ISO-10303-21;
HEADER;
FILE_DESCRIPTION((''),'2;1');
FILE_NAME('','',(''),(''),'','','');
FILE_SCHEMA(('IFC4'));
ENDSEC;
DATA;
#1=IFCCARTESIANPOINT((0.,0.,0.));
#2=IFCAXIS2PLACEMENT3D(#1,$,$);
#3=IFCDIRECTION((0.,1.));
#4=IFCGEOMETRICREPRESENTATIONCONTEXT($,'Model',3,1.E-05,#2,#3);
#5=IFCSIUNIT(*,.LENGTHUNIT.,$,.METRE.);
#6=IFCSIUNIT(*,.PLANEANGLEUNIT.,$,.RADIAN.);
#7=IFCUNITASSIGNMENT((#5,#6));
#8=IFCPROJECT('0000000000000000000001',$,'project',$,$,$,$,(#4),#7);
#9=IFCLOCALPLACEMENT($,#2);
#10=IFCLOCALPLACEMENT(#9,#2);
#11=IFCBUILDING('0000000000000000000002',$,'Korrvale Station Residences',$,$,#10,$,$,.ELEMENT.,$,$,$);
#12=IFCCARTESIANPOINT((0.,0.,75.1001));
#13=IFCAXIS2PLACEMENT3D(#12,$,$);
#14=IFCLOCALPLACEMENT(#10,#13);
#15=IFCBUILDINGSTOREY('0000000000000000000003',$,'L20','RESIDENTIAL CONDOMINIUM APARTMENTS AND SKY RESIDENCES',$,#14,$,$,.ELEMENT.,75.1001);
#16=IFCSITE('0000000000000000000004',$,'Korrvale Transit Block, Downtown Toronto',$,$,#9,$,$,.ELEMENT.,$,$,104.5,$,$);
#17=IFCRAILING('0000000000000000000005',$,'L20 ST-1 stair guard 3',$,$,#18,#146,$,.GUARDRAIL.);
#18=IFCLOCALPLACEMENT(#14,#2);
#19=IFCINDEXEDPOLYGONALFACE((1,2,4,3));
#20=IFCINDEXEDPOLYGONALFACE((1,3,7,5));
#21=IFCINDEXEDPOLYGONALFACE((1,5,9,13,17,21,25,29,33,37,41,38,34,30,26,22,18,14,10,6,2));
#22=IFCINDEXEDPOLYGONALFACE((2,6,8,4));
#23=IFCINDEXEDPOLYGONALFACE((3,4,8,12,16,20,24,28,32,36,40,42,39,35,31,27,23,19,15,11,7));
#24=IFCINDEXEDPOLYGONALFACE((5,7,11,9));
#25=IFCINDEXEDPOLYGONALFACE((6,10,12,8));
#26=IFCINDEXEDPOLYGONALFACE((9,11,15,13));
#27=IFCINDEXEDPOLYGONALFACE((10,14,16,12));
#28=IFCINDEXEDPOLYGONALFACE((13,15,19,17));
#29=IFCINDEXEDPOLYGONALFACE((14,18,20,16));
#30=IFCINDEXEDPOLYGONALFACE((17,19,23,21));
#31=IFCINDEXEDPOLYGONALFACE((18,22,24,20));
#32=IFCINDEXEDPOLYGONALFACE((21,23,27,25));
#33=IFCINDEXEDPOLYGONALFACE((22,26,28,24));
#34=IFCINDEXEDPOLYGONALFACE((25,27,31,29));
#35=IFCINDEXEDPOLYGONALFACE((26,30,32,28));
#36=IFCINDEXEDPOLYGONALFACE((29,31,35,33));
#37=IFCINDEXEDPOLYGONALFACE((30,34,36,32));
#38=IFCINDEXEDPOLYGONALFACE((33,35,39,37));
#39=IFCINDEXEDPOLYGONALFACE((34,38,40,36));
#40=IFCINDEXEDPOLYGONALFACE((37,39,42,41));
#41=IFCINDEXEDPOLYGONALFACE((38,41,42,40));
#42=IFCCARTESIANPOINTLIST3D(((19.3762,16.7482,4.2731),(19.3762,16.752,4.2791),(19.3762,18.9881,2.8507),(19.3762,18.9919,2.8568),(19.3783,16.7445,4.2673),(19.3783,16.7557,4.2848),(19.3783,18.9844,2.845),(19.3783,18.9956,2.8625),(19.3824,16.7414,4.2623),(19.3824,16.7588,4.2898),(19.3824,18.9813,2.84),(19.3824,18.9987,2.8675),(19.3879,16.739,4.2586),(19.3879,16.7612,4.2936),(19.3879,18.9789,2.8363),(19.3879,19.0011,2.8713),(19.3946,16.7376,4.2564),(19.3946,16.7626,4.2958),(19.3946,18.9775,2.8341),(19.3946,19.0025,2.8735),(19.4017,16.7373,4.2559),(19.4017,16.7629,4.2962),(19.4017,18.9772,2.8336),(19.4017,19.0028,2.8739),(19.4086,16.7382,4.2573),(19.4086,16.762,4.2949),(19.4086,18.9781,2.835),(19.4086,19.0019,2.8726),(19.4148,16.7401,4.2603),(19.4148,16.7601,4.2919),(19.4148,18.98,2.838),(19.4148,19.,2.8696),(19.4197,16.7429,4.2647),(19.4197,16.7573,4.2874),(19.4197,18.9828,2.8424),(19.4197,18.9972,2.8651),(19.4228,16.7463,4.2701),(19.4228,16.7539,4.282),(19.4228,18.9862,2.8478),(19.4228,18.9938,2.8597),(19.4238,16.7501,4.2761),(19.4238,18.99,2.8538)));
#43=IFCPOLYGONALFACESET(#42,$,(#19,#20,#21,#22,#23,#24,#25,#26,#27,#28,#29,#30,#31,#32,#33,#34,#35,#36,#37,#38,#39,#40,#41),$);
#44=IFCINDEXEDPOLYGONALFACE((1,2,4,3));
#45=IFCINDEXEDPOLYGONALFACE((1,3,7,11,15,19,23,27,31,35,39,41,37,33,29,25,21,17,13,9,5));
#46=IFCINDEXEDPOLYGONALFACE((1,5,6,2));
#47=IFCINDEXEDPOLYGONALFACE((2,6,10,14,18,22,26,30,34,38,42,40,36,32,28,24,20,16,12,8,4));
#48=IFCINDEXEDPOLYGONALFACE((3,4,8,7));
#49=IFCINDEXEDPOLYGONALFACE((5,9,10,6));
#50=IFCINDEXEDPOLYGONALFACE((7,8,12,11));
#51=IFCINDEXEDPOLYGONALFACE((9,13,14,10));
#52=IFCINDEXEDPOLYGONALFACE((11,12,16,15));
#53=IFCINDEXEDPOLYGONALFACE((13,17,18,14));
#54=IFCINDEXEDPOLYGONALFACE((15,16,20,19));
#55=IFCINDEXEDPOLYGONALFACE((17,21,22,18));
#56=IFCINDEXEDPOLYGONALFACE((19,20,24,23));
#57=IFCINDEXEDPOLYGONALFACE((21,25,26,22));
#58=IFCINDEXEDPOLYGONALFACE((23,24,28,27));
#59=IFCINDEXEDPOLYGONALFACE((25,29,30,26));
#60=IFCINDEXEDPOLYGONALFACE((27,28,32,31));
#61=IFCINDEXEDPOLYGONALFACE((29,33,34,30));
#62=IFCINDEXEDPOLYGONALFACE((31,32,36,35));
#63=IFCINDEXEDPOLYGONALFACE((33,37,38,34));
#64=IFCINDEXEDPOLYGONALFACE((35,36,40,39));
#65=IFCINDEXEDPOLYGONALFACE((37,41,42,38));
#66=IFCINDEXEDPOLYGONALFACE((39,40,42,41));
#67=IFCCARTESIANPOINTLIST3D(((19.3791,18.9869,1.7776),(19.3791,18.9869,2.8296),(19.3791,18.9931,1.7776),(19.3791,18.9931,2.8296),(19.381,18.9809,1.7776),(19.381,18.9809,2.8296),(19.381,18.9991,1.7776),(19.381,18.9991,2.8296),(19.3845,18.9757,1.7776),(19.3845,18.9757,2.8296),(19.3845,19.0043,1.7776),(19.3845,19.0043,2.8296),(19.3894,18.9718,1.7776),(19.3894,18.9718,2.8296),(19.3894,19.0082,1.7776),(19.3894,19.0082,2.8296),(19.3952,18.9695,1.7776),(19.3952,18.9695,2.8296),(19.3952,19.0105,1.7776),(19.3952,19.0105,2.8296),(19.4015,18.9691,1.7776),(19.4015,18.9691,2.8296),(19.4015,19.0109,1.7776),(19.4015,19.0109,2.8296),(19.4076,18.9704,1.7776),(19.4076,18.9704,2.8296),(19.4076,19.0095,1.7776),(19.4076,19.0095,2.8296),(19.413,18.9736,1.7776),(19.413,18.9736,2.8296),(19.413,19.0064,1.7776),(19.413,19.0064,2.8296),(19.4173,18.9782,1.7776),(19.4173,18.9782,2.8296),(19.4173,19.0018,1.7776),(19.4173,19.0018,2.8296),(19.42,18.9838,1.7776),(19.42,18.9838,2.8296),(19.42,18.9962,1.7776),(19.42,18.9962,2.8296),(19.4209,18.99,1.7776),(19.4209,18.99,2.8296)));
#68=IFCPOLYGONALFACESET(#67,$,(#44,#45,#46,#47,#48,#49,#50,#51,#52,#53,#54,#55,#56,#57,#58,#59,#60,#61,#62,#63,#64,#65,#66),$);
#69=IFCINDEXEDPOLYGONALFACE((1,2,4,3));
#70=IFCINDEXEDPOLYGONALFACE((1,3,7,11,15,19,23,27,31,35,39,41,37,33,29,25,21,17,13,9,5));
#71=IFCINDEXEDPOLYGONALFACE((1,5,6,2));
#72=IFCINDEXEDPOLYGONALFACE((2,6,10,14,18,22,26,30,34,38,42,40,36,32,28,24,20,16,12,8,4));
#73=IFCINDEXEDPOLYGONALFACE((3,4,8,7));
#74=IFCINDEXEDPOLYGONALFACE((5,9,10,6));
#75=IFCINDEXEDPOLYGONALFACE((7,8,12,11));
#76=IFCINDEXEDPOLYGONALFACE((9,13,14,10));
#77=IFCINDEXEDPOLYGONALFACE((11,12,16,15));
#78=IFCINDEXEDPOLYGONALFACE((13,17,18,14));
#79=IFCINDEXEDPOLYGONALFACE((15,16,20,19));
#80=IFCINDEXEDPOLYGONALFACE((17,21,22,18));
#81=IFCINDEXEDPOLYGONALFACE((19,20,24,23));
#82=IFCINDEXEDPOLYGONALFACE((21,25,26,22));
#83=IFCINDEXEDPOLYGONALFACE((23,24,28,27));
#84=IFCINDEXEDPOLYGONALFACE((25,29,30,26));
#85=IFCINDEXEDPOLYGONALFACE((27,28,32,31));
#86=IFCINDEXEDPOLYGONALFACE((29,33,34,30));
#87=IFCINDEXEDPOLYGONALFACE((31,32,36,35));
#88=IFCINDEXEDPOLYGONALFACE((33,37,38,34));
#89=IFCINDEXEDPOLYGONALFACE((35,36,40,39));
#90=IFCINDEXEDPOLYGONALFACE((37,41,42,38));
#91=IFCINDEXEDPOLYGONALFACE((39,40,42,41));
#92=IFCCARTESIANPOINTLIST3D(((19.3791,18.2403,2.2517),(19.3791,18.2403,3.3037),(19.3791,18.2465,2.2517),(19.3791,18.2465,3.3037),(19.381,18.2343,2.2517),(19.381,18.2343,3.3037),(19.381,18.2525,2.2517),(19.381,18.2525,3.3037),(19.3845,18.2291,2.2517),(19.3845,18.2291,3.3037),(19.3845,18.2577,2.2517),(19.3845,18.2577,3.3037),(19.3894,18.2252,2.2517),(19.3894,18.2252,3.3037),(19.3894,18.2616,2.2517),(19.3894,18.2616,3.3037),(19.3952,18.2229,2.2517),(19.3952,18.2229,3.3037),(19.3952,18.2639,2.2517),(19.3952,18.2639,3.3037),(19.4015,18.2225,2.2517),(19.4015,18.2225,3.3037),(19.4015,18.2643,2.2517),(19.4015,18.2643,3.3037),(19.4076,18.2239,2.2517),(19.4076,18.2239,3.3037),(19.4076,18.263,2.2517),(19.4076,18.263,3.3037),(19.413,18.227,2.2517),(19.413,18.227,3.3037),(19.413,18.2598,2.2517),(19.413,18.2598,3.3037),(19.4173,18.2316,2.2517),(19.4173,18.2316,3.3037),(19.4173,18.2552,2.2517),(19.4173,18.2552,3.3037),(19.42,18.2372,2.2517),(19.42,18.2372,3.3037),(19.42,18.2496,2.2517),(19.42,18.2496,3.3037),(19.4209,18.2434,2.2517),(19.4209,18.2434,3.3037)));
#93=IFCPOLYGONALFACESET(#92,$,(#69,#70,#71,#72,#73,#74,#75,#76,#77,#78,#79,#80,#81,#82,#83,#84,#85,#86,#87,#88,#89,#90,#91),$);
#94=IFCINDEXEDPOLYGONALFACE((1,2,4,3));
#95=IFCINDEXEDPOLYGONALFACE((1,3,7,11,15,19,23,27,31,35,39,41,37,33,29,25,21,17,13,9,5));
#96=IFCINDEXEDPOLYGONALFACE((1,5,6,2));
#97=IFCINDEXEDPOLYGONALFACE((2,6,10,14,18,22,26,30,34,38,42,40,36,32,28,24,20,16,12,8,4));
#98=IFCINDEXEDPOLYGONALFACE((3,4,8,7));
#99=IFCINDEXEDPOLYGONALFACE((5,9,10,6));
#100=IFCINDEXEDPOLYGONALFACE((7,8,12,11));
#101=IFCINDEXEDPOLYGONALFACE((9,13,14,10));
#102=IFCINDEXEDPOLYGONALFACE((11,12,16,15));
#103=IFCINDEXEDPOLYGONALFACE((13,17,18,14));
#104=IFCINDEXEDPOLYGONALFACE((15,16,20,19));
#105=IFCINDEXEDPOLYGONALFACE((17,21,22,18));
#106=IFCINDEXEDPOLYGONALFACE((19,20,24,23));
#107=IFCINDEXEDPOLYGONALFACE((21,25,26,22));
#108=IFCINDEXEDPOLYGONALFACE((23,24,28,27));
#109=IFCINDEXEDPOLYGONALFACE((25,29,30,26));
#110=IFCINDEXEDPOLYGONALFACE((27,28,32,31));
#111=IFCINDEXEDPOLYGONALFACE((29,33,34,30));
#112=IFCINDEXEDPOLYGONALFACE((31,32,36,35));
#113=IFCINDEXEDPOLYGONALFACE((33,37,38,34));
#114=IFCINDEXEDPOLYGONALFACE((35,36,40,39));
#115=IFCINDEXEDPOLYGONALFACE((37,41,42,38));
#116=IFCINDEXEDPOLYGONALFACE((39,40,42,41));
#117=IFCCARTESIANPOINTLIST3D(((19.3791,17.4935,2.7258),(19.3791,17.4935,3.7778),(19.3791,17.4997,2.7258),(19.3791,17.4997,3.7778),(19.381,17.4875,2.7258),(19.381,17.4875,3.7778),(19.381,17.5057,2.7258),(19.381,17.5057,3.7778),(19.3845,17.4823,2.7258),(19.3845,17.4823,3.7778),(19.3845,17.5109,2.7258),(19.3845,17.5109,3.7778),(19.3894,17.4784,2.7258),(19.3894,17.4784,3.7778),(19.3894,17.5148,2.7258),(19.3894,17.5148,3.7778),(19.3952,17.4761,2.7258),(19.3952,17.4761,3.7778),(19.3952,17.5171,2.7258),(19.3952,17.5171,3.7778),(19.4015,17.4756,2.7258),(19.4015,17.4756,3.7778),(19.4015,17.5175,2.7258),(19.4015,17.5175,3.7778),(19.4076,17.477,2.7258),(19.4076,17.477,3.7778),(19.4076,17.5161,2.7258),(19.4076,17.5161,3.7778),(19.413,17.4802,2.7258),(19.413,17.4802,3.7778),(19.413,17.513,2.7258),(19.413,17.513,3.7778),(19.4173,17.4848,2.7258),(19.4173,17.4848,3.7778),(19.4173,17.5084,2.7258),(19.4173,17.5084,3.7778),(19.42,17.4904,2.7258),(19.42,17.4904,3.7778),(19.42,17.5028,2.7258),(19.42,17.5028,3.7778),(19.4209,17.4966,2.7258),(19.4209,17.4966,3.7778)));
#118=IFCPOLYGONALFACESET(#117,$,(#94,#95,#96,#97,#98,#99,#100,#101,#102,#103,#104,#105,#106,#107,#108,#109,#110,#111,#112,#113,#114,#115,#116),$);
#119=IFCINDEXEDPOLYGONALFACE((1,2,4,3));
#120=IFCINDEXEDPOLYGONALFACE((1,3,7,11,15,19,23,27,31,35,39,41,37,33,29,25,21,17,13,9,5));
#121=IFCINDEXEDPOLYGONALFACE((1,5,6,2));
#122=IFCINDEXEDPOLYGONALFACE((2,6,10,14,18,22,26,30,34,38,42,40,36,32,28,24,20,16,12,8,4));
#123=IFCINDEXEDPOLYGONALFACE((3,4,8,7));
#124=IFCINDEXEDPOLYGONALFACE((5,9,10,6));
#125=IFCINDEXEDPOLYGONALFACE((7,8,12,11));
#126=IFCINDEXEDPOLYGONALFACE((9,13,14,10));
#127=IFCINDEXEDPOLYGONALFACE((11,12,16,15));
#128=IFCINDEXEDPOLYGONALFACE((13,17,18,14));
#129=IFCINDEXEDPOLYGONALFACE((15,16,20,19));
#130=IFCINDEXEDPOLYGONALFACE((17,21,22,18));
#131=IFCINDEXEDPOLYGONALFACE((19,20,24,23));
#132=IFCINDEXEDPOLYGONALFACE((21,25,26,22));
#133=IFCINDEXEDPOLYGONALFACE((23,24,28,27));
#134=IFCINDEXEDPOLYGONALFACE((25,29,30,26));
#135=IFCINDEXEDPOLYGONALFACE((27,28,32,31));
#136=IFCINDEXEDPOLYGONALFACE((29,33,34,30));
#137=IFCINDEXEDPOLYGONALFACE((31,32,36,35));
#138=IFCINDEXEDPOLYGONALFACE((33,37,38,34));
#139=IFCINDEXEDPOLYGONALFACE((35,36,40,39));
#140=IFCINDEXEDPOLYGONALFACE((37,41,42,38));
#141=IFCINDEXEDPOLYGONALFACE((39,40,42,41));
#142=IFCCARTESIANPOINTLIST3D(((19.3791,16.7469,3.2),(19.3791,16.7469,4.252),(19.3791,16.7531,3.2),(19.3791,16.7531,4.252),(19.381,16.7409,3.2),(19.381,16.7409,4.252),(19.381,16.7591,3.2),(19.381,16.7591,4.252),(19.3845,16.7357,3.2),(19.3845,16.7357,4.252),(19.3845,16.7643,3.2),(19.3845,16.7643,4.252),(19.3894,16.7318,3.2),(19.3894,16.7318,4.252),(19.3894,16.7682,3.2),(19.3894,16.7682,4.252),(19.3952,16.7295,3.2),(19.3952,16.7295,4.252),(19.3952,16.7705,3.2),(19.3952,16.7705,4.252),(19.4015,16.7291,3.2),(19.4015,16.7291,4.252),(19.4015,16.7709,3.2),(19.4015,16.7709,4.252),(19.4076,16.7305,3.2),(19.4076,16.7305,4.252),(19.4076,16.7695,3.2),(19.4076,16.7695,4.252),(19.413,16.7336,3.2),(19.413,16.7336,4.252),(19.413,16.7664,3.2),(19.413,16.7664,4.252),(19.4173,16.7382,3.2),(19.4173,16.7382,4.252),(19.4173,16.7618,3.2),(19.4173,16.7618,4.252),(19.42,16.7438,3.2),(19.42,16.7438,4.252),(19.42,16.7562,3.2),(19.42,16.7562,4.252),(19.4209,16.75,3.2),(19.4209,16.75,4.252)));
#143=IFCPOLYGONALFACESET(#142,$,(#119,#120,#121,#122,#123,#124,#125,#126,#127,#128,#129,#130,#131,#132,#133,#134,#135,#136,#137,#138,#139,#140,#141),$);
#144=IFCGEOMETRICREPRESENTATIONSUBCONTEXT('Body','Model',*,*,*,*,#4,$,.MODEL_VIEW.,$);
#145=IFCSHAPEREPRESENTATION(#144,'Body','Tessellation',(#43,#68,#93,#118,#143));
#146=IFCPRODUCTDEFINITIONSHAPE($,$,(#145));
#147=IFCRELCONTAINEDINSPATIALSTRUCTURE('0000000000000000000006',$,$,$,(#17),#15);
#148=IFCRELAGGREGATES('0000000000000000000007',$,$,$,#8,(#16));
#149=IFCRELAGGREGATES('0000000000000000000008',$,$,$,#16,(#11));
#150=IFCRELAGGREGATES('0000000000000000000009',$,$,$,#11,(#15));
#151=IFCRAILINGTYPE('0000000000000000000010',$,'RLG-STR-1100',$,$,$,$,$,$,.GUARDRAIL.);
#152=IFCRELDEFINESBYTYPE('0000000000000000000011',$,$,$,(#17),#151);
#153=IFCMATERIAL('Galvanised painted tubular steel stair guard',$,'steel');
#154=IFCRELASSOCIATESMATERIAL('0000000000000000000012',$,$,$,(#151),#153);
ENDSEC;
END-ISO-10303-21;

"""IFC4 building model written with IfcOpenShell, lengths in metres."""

from ifc_helpers import new_model, si_unit, direction, frame, origin, origin_2d, place, context, subcontext, project, spatial, circle, extrude, material, type_object, element, save


model = new_model("IFC4")

# Units and contexts
model_context = context("Model", 3, precision=1e-05, world=origin(), true_north=direction((0.0, 1.0)))
body_context = subcontext(model_context, "Body", "Model", "MODEL_VIEW")
ifc_project = project(units=[si_unit("LENGTHUNIT", "METRE"), si_unit("PLANEANGLEUNIT", "RADIAN")], contexts=[model_context])

# Site, building, storey
site_placement = place(None, origin())
site = spatial("IfcSite", under=ifc_project, at=site_placement, Name="Korrvale Transit Block, Downtown Toronto", CompositionType="ELEMENT", RefElevation=104.5)
building_placement = place(site_placement, origin())
building = spatial("IfcBuilding", under=site, at=building_placement, Name="Korrvale Station Residences", CompositionType="ELEMENT")
storey_placement = place(building_placement, frame((0.0, 0.0, 75.1001)))
storey = spatial("IfcBuildingStorey", under=building, at=storey_placement, Name="L20", Description="RESIDENTIAL CONDOMINIUM APARTMENTS AND SKY RESIDENCES", CompositionType="ELEMENT", Elevation=75.1001)

# Railing
ifc_material_1 = material(Name="Galvanised painted tubular steel stair guard", Category="steel")
railing_type_1 = type_object("IfcRailingType", Name="RLG-STR-1100", PredefinedType="GUARDRAIL", material=ifc_material_1)
railing_1_placement = place(storey_placement, frame((19.3999, 18.99, 1.7776)))
element("IfcRailing", 1, at=railing_1_placement, inside=storey, type_object=railing_type_1, Name="L20 ST-1 stair guard 3", PredefinedType="GUARDRAIL", context=body_context, shape_type="SweptSolid", body=[
    extrude(circle(Radius=0.0239, at=origin_2d()), frame((0.0, 0.0, 1.0762), z_axis=(0.0, -0.844188, 0.536048), x_axis=(1.0, 0.0, 0.0)), (0.0, 0.0, 1.0), 2.6533),
    extrude(circle(Radius=0.021, at=origin_2d()), origin(), (0.0, 0.0, 1.0), 1.052),
    extrude(circle(Radius=0.021, at=origin_2d()), frame((0.0, -0.7466, 0.4741)), (0.0, 0.0, 1.0), 1.052),
    extrude(circle(Radius=0.021, at=origin_2d()), frame((0.0, -1.4934, 0.9482)), (0.0, 0.0, 1.0), 1.052),
    extrude(circle(Radius=0.021, at=origin_2d()), frame((0.0, -2.24, 1.4224)), (0.0, 0.0, 1.0), 1.052),
])

save(model, "model.ifc")
